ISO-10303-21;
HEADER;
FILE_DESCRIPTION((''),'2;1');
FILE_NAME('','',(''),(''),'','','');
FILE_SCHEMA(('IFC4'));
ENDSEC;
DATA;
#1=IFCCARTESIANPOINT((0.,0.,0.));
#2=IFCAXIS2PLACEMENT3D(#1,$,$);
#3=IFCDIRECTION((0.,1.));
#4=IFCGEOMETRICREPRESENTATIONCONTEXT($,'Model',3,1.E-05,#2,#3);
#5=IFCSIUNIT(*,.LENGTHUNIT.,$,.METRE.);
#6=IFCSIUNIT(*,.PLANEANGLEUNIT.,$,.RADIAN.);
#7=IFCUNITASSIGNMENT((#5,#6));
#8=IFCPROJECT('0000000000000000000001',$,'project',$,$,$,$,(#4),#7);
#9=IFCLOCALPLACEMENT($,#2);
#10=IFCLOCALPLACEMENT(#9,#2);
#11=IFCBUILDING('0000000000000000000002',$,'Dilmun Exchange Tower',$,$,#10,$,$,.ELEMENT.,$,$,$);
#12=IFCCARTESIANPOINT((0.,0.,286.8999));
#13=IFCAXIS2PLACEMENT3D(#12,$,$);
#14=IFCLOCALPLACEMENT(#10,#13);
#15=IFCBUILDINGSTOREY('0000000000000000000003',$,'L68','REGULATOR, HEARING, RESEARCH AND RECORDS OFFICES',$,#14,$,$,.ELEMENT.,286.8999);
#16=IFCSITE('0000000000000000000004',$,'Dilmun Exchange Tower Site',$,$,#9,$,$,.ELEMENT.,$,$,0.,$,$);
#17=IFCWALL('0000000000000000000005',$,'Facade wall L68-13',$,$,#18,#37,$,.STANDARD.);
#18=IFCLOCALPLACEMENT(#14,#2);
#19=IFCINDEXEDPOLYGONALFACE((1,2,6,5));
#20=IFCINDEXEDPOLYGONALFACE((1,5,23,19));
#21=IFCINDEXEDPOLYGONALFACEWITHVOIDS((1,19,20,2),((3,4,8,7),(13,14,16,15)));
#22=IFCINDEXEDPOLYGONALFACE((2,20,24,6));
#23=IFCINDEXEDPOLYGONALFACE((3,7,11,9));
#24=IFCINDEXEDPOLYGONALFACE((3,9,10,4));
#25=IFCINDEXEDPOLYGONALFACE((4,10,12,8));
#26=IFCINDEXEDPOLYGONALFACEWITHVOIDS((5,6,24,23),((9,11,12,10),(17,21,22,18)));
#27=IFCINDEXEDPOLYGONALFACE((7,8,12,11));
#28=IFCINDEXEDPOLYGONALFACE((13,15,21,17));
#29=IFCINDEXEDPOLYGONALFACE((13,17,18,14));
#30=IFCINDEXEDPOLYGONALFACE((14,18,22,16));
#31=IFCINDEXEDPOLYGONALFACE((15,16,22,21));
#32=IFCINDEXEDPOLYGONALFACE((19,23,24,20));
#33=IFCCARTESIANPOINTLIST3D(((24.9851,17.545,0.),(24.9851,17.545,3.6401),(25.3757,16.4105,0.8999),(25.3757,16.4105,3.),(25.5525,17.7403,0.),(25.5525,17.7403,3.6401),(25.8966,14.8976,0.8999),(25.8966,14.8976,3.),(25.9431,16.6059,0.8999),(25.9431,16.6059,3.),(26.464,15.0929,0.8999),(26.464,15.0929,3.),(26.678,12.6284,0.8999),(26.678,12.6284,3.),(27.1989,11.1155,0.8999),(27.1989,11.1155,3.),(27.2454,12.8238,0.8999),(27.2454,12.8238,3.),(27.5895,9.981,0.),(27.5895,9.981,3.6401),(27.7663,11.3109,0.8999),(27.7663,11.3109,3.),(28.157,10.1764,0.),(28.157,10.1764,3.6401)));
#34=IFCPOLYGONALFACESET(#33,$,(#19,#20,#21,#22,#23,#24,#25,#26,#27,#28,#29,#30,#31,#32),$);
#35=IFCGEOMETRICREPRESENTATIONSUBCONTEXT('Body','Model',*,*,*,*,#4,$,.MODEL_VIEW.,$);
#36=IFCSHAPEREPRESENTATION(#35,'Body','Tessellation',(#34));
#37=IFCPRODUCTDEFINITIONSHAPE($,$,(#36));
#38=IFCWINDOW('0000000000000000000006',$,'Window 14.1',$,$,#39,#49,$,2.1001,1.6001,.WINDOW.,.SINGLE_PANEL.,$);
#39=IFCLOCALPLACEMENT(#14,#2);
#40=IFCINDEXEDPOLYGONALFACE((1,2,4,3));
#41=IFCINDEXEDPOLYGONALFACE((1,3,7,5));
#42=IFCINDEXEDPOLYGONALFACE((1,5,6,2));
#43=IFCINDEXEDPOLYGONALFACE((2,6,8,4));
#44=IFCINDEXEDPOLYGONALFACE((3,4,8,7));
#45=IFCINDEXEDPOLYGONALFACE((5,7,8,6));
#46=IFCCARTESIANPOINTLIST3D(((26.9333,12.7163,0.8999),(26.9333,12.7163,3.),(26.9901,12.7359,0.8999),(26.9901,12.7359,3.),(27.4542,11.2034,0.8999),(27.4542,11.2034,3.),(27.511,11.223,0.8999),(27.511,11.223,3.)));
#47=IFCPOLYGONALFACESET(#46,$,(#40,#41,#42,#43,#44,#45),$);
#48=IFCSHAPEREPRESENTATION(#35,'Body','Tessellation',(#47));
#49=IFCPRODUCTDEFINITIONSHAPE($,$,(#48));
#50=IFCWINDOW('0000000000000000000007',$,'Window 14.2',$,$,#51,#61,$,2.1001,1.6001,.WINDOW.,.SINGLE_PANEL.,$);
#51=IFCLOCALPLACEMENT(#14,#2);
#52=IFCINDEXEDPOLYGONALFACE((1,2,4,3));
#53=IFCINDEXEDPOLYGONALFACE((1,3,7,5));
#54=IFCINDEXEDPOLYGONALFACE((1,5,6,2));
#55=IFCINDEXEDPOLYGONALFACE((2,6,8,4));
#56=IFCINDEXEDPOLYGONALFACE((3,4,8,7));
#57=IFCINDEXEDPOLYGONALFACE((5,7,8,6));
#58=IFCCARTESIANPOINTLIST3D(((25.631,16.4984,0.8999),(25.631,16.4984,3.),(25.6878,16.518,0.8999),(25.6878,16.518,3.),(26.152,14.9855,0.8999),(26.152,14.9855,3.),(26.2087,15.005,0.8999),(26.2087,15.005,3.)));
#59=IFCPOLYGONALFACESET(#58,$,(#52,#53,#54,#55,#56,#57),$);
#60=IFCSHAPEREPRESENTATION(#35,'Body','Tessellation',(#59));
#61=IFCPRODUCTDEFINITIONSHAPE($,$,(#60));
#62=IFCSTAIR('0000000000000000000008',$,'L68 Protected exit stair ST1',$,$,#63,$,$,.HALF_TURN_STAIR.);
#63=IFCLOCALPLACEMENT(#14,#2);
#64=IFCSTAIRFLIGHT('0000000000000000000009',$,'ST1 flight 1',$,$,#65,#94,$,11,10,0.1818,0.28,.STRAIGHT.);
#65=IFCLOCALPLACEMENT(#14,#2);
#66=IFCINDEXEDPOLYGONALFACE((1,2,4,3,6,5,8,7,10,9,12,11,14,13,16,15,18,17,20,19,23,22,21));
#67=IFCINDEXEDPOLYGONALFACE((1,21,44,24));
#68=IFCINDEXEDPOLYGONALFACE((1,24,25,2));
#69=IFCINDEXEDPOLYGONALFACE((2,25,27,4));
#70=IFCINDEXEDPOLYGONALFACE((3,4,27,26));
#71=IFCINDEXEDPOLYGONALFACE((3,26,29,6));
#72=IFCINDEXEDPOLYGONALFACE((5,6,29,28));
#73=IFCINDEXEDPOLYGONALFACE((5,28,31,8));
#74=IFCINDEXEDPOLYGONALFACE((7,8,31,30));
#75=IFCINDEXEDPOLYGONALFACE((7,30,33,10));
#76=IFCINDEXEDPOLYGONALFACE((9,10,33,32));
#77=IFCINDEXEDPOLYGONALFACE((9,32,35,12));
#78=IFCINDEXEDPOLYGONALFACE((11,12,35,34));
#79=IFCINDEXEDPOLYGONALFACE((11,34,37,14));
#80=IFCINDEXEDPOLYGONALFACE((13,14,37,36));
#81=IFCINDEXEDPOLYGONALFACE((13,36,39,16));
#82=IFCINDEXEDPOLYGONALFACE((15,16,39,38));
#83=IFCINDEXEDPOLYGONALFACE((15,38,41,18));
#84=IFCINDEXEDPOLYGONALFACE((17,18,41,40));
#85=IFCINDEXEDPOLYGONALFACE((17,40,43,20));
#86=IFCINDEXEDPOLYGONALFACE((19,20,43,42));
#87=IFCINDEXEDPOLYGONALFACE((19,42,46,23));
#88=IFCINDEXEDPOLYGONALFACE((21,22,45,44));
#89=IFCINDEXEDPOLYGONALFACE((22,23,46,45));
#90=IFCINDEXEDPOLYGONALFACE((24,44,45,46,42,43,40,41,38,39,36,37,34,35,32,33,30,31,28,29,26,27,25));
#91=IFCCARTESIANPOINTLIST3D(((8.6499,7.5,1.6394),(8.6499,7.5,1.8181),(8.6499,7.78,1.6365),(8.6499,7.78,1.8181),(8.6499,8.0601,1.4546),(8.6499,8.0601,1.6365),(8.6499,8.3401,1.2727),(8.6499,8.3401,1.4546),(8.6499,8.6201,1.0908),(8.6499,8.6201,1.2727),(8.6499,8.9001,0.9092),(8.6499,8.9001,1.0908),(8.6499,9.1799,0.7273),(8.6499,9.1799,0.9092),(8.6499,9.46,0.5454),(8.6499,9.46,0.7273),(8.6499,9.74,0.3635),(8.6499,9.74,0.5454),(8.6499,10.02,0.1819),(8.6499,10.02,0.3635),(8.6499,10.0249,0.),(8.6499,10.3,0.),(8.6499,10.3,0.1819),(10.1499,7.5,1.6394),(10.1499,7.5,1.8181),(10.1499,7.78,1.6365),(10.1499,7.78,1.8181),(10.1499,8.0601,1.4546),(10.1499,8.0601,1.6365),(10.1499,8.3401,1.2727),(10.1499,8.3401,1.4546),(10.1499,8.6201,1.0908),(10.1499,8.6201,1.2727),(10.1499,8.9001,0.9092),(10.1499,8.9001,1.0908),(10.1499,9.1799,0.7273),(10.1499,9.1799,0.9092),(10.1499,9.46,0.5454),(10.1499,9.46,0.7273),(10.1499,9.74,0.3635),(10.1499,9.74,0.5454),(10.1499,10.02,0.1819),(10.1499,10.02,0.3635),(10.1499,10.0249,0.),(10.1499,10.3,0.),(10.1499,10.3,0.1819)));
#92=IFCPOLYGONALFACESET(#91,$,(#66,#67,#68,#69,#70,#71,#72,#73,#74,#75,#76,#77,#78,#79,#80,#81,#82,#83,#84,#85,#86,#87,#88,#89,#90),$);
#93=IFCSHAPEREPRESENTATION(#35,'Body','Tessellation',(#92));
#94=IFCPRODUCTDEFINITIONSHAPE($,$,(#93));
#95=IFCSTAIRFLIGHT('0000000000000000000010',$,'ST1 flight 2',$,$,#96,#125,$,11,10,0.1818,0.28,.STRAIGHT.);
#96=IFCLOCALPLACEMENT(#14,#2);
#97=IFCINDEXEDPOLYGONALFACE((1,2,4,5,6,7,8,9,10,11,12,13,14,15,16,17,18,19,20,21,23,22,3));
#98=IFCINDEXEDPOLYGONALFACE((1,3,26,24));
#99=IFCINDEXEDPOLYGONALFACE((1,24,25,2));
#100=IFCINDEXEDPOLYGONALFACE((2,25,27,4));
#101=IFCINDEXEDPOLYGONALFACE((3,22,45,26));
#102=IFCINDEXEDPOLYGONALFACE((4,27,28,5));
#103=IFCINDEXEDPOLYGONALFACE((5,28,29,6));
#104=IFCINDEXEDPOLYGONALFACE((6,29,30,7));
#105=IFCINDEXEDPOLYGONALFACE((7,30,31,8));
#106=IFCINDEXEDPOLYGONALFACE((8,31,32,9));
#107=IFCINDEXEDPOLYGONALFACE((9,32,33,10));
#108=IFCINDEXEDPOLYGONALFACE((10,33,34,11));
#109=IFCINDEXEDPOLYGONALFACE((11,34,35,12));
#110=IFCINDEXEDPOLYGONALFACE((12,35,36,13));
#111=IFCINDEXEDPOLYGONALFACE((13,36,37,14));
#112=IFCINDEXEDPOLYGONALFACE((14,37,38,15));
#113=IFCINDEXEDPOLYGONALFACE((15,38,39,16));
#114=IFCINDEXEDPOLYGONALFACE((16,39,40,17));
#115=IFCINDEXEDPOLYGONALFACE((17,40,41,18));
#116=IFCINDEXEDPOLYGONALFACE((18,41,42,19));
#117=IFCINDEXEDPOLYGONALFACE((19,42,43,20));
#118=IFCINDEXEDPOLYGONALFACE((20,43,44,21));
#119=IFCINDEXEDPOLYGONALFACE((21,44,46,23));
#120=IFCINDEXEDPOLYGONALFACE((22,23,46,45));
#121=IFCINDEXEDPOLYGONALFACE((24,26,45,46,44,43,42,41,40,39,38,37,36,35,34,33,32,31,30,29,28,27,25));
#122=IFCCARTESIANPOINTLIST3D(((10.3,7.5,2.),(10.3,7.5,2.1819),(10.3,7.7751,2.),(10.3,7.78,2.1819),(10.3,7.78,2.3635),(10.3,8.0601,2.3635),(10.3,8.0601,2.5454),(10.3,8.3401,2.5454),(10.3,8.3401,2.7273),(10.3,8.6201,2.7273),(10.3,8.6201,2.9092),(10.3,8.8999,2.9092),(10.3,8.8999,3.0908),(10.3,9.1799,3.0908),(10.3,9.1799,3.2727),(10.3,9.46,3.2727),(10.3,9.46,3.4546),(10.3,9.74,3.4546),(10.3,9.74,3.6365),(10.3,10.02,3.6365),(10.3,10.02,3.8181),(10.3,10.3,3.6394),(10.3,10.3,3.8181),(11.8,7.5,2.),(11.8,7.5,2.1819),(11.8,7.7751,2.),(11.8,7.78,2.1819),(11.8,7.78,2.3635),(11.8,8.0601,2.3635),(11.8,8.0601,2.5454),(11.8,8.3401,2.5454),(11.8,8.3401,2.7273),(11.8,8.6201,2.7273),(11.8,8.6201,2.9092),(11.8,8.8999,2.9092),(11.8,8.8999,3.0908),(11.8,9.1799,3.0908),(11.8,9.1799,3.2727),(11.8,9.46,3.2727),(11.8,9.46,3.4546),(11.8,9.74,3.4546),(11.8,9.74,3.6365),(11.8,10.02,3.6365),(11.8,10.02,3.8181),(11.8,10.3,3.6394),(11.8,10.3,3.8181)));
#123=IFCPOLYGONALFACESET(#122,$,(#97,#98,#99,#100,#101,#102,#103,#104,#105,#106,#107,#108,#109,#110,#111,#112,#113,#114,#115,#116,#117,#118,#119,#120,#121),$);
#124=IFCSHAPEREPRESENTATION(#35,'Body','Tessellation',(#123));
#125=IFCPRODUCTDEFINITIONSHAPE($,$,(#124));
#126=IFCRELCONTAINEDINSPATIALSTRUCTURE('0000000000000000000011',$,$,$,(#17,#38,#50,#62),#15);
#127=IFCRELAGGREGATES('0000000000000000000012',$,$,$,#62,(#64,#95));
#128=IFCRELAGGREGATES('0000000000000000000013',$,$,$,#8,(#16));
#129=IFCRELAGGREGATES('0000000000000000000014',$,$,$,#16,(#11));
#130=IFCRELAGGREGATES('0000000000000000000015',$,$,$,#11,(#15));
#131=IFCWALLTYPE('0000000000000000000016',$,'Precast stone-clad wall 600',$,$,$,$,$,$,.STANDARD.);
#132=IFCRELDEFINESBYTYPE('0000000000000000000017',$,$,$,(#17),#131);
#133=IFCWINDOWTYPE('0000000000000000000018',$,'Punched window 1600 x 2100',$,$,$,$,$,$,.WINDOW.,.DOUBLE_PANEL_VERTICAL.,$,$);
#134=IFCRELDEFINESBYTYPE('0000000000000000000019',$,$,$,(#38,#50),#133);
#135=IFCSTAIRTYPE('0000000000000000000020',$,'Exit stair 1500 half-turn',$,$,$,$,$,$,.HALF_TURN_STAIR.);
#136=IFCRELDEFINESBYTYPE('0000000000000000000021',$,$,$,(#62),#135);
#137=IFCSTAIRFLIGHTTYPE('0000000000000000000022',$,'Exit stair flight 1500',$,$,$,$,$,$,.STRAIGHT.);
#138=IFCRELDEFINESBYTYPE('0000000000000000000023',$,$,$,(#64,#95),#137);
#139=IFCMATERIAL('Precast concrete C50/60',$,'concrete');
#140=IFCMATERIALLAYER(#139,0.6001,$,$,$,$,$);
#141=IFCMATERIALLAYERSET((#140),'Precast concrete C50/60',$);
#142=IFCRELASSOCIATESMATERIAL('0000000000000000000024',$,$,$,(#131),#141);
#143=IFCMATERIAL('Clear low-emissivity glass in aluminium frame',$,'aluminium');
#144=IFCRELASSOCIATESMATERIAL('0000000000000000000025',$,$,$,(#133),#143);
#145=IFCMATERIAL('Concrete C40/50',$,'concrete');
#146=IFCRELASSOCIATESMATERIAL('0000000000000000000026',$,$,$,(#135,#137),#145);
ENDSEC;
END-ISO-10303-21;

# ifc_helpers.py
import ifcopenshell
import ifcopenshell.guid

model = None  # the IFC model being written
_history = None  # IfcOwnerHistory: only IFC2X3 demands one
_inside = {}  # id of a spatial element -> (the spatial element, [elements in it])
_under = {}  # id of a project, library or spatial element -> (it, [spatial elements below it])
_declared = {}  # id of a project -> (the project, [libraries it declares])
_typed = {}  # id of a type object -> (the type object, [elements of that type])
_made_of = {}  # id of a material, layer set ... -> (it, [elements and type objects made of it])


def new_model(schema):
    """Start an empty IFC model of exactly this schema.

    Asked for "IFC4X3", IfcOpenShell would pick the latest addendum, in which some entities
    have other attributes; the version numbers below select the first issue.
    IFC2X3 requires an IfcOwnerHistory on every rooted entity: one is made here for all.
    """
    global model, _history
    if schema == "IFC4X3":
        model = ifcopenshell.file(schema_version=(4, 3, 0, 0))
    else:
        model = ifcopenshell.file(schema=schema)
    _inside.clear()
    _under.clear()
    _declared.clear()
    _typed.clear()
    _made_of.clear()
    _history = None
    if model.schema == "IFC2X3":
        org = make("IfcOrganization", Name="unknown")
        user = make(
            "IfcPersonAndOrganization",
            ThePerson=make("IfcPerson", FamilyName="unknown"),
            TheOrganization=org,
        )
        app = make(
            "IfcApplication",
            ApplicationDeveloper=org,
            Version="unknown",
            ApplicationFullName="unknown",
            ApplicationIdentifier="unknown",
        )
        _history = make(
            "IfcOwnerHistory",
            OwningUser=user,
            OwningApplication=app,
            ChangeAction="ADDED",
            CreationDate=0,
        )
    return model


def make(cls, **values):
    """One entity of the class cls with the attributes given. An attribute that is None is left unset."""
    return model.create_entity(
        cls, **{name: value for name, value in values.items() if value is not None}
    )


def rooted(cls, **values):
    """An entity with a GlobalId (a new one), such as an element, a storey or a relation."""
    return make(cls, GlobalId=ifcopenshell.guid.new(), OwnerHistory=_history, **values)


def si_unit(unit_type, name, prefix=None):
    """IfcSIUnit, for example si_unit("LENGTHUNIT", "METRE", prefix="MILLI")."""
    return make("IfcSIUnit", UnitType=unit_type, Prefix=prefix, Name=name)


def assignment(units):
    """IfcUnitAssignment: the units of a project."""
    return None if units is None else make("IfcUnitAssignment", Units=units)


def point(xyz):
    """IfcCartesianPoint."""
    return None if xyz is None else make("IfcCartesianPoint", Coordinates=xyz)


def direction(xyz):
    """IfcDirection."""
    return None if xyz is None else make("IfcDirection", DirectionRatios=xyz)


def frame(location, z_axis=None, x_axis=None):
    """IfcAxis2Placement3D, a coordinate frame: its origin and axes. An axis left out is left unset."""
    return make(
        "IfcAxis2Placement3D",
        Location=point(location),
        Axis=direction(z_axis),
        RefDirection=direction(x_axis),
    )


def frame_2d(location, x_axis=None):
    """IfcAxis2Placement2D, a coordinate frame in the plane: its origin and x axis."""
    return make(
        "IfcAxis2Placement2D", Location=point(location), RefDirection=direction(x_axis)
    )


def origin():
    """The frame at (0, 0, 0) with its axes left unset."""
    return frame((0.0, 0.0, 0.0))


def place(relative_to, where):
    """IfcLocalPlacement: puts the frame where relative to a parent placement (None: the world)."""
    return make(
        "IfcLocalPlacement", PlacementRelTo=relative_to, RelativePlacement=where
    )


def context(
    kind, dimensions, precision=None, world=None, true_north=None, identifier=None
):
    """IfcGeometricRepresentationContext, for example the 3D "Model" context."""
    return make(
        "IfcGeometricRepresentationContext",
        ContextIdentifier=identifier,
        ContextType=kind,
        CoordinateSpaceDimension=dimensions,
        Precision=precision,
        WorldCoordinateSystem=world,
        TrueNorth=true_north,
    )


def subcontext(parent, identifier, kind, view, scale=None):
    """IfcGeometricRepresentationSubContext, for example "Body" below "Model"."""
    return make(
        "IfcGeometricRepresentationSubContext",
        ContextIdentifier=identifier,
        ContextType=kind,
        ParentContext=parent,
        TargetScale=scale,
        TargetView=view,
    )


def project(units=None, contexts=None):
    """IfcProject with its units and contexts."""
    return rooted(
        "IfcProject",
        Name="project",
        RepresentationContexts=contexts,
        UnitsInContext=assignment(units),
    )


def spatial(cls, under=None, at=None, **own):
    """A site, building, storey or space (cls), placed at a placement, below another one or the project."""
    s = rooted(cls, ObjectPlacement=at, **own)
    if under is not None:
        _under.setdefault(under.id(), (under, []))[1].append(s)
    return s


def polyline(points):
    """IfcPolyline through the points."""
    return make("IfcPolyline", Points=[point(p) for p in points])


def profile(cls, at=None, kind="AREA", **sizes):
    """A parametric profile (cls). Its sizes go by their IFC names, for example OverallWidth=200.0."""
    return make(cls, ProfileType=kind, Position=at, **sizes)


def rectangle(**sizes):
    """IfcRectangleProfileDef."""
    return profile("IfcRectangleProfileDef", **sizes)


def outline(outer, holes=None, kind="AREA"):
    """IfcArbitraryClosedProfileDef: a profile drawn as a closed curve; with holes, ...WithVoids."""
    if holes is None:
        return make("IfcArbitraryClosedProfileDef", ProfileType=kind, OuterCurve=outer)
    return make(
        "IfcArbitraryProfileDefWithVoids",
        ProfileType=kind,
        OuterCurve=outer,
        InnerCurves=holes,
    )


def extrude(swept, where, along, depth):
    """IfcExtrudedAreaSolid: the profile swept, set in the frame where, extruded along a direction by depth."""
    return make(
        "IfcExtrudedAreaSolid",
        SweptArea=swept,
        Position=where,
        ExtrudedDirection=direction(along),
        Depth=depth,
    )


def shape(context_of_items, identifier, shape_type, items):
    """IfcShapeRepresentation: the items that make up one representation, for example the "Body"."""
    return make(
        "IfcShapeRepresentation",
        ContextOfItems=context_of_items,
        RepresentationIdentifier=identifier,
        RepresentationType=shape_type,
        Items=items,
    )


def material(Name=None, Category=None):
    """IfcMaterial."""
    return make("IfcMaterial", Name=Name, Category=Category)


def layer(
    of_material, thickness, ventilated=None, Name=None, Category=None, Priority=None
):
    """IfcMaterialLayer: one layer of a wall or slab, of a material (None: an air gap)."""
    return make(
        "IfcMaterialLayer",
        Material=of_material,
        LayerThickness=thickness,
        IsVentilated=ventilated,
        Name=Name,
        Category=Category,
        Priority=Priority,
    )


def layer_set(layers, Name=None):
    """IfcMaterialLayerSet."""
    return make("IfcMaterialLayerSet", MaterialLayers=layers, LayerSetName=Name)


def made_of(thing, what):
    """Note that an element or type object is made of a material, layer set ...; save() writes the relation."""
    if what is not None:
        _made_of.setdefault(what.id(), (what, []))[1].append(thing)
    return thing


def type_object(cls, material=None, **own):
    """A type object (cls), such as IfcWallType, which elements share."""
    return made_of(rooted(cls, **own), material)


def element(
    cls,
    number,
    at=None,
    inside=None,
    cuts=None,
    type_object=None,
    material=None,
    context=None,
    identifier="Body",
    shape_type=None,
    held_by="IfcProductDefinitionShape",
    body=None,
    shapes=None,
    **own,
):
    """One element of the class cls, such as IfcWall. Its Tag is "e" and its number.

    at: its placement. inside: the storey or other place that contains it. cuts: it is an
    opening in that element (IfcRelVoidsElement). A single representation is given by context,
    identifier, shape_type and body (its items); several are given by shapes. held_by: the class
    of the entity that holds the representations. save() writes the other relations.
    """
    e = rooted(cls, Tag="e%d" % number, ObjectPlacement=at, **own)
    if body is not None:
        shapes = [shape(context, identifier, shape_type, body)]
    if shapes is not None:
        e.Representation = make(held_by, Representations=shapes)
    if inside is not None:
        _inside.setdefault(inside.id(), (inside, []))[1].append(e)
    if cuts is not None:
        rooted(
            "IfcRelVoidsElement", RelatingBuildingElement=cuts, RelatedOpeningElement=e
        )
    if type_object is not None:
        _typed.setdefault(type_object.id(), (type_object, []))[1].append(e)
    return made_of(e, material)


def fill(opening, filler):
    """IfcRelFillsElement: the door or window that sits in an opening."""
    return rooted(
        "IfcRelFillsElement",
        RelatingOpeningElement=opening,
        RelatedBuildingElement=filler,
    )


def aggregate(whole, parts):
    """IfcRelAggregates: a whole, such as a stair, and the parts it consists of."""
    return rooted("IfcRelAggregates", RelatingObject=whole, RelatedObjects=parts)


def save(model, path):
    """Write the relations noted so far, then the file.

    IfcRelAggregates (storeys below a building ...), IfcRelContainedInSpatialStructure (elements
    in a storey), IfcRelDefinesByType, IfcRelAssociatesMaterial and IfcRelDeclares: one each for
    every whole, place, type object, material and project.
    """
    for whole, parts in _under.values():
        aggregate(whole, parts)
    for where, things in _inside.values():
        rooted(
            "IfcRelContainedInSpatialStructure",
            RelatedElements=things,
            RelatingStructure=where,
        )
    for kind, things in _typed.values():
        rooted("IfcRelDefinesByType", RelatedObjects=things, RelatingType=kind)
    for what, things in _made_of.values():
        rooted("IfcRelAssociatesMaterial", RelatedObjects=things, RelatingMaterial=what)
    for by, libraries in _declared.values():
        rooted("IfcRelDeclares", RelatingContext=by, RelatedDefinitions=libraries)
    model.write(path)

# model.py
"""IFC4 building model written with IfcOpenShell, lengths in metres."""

from ifc_helpers import new_model, si_unit, direction, frame, frame_2d, origin, place, context, subcontext, project, spatial, polyline, rectangle, outline, extrude, material, layer, layer_set, type_object, element, fill, aggregate, save


model = new_model("IFC4")

# Units and contexts
model_context = context("Model", 3, precision=1e-05, world=origin(), true_north=direction((0.0, 1.0)))
body_context = subcontext(model_context, "Body", "Model", "MODEL_VIEW")
ifc_project = project(units=[si_unit("LENGTHUNIT", "METRE"), si_unit("PLANEANGLEUNIT", "RADIAN")], contexts=[model_context])

# Site, building, storey
site_placement = place(None, origin())
site = spatial("IfcSite", under=ifc_project, at=site_placement, Name="Dilmun Exchange Tower Site", CompositionType="ELEMENT", RefElevation=0.0)
building_placement = place(site_placement, origin())
building = spatial("IfcBuilding", under=site, at=building_placement, Name="Dilmun Exchange Tower", CompositionType="ELEMENT")
storey_placement = place(building_placement, frame((0.0, 0.0, 286.8999)))
storey = spatial("IfcBuildingStorey", under=building, at=storey_placement, Name="L68", Description="REGULATOR, HEARING, RESEARCH AND RECORDS OFFICES", CompositionType="ELEMENT", Elevation=286.8999)

# Shared definitions
ifc_material_1 = material(Name="Concrete C40/50", Category="concrete")

# Shared definitions
ifc_material_2 = material(Name="Precast concrete C50/60", Category="concrete")
ifc_layer_1 = layer(ifc_material_2, 0.6001)
ifc_layer_set_1 = layer_set([ifc_layer_1], Name="Precast concrete C50/60")
wall_type_1 = type_object("IfcWallType", Name="Precast stone-clad wall 600", PredefinedType="STANDARD", material=ifc_layer_set_1)
ifc_material_3 = material(Name="Clear low-emissivity glass in aluminium frame", Category="aluminium")
window_type = type_object("IfcWindowType", Name="Punched window 1600 x 2100", PartitioningType="DOUBLE_PANEL_VERTICAL", PredefinedType="WINDOW", material=ifc_material_3)

# Wall, openings, windows
wall_1_placement = place(storey_placement, frame((27.8733, 10.0786, 0.0), z_axis=(0.0, 0.0, 1.0), x_axis=(-0.325569, 0.945518, 0.0)))
wall_1 = element("IfcWall", 1, at=wall_1_placement, inside=storey, type_object=wall_type_1, Name="Facade wall L68-13", PredefinedType="STANDARD", context=body_context, shape_type="SweptSolid", body=[
    extrude(rectangle(XDim=7.9998, YDim=0.6001, at=frame_2d((4.0, 0.0))), origin(), (0.0, 0.0, 1.0), 3.6401),
])
opening_1_placement = place(wall_1_placement, frame((1.2, 0.0, 0.8999)))
opening_1 = element("IfcOpeningElement", 2, at=opening_1_placement, cuts=wall_1, PredefinedType="OPENING", context=body_context, shape_type="SweptSolid", body=[
    extrude(rectangle(XDim=1.6001, YDim=2.1001, at=frame_2d((0.8, 1.05))), frame((0.0, 0.3101, 0.0), z_axis=(0.0, -1.0, 0.0), x_axis=(1.0, 0.0, 0.0)), (0.0, 0.0, 1.0), 0.6201),
])
opening_2_placement = place(wall_1_placement, frame((5.2, 0.0, 0.8999)))
opening_2 = element("IfcOpeningElement", 3, at=opening_2_placement, cuts=wall_1, PredefinedType="OPENING", context=body_context, shape_type="SweptSolid", body=[
    extrude(rectangle(XDim=1.6001, YDim=2.1001, at=frame_2d((0.8, 1.05))), frame((0.0, 0.3101, 0.0), z_axis=(0.0, -1.0, 0.0), x_axis=(1.0, 0.0, 0.0)), (0.0, 0.0, 1.0), 0.6201),
])
window_1_placement = place(opening_1_placement, origin())
window_1 = element("IfcWindow", 4, at=window_1_placement, inside=storey, type_object=window_type, Name="Window 14.1", OverallHeight=2.1001, OverallWidth=1.6001, PartitioningType="SINGLE_PANEL", PredefinedType="WINDOW", context=body_context, shape_type="SweptSolid", body=[
    extrude(rectangle(XDim=1.6001, YDim=2.1001, at=frame_2d((0.8, 1.05))), frame((0.0, 0.03, 0.0), z_axis=(0.0, -1.0, 0.0), x_axis=(1.0, 0.0, 0.0)), (0.0, 0.0, 1.0), 0.0601),
])
fill(opening_1, window_1)
window_2_placement = place(opening_2_placement, origin())
window_2 = element("IfcWindow", 5, at=window_2_placement, inside=storey, type_object=window_type, Name="Window 14.2", OverallHeight=2.1001, OverallWidth=1.6001, PartitioningType="SINGLE_PANEL", PredefinedType="WINDOW", context=body_context, shape_type="SweptSolid", body=[
    extrude(rectangle(XDim=1.6001, YDim=2.1001, at=frame_2d((0.8, 1.05))), frame((0.0, 0.03, 0.0), z_axis=(0.0, -1.0, 0.0), x_axis=(1.0, 0.0, 0.0)), (0.0, 0.0, 1.0), 0.0601),
])
fill(opening_2, window_2)

# Stair, stair flights
stair_type = type_object("IfcStairType", Name="Exit stair 1500 half-turn", PredefinedType="HALF_TURN_STAIR", material=ifc_material_1)
stair_placement = place(storey_placement, origin())
stair = element("IfcStair", 6, at=stair_placement, inside=storey, type_object=stair_type, Name="L68 Protected exit stair ST1", PredefinedType="HALF_TURN_STAIR")
stair_flight_type = type_object("IfcStairFlightType", Name="Exit stair flight 1500", PredefinedType="STRAIGHT", material=ifc_material_1)
stair_flight_1_placement = place(storey_placement, frame((9.3999, 10.3, 0.0), z_axis=(0.0, 0.0, 1.0), x_axis=(0.0, -1.0, 0.0)))
stair_flight_1 = element("IfcStairFlight", 7, at=stair_flight_1_placement, type_object=stair_flight_type, Name="ST1 flight 1", NumberOfRisers=11, NumberOfTreads=10, PredefinedType="STRAIGHT", RiserHeight=0.1818, TreadLength=0.28, context=body_context, shape_type="SweptSolid", body=[
    extrude(outline(polyline([(0.0, 0.0), (0.0, 0.1819), (0.28, 0.1819), (0.28, 0.3635), (0.5601, 0.3635), (0.5601, 0.5454), (0.8401, 0.5454), (0.8401, 0.7273), (1.1201, 0.7273), (1.1201, 0.9092), (1.3999, 0.9092), (1.3999, 1.0908), (1.6799, 1.0908), (1.6799, 1.2727), (1.96, 1.2727), (1.96, 1.4546), (2.24, 1.4546), (2.24, 1.6365), (2.52, 1.6365), (2.52, 1.8181), (2.8, 1.8181), (2.8, 2.0), (2.8, 1.6394), (0.2751, 0.0), (0.0, 0.0)])), frame((0.0, 0.75, 0.0), z_axis=(0.0, -1.0, 0.0), x_axis=(1.0, 0.0, 0.0)), (0.0, 0.0, 1.0), 1.5),
])
stair_flight_2_placement = place(storey_placement, frame((11.05, 7.5, 2.0), z_axis=(0.0, 0.0, 1.0), x_axis=(0.0, 1.0, 0.0)))
stair_flight_2 = element("IfcStairFlight", 8, at=stair_flight_2_placement, type_object=stair_flight_type, Name="ST1 flight 2", NumberOfRisers=11, NumberOfTreads=10, PredefinedType="STRAIGHT", RiserHeight=0.1818, TreadLength=0.28, context=body_context, shape_type="SweptSolid", body=[
    extrude(outline(polyline([(0.0, 0.0), (0.0, 0.1819), (0.28, 0.1819), (0.28, 0.3635), (0.5601, 0.3635), (0.5601, 0.5454), (0.8401, 0.5454), (0.8401, 0.7273), (1.1201, 0.7273), (1.1201, 0.9092), (1.3999, 0.9092), (1.3999, 1.0908), (1.6799, 1.0908), (1.6799, 1.2727), (1.96, 1.2727), (1.96, 1.4546), (2.24, 1.4546), (2.24, 1.6365), (2.52, 1.6365), (2.52, 1.8181), (2.8, 1.8181), (2.8, 2.0), (2.8, 1.6394), (0.2751, 0.0), (0.0, 0.0)])), frame((0.0, 0.75, 0.0), z_axis=(0.0, -1.0, 0.0), x_axis=(1.0, 0.0, 0.0)), (0.0, 0.0, 1.0), 1.5),
])
aggregate(stair, [stair_flight_1, stair_flight_2])

save(model, "model.ifc")
